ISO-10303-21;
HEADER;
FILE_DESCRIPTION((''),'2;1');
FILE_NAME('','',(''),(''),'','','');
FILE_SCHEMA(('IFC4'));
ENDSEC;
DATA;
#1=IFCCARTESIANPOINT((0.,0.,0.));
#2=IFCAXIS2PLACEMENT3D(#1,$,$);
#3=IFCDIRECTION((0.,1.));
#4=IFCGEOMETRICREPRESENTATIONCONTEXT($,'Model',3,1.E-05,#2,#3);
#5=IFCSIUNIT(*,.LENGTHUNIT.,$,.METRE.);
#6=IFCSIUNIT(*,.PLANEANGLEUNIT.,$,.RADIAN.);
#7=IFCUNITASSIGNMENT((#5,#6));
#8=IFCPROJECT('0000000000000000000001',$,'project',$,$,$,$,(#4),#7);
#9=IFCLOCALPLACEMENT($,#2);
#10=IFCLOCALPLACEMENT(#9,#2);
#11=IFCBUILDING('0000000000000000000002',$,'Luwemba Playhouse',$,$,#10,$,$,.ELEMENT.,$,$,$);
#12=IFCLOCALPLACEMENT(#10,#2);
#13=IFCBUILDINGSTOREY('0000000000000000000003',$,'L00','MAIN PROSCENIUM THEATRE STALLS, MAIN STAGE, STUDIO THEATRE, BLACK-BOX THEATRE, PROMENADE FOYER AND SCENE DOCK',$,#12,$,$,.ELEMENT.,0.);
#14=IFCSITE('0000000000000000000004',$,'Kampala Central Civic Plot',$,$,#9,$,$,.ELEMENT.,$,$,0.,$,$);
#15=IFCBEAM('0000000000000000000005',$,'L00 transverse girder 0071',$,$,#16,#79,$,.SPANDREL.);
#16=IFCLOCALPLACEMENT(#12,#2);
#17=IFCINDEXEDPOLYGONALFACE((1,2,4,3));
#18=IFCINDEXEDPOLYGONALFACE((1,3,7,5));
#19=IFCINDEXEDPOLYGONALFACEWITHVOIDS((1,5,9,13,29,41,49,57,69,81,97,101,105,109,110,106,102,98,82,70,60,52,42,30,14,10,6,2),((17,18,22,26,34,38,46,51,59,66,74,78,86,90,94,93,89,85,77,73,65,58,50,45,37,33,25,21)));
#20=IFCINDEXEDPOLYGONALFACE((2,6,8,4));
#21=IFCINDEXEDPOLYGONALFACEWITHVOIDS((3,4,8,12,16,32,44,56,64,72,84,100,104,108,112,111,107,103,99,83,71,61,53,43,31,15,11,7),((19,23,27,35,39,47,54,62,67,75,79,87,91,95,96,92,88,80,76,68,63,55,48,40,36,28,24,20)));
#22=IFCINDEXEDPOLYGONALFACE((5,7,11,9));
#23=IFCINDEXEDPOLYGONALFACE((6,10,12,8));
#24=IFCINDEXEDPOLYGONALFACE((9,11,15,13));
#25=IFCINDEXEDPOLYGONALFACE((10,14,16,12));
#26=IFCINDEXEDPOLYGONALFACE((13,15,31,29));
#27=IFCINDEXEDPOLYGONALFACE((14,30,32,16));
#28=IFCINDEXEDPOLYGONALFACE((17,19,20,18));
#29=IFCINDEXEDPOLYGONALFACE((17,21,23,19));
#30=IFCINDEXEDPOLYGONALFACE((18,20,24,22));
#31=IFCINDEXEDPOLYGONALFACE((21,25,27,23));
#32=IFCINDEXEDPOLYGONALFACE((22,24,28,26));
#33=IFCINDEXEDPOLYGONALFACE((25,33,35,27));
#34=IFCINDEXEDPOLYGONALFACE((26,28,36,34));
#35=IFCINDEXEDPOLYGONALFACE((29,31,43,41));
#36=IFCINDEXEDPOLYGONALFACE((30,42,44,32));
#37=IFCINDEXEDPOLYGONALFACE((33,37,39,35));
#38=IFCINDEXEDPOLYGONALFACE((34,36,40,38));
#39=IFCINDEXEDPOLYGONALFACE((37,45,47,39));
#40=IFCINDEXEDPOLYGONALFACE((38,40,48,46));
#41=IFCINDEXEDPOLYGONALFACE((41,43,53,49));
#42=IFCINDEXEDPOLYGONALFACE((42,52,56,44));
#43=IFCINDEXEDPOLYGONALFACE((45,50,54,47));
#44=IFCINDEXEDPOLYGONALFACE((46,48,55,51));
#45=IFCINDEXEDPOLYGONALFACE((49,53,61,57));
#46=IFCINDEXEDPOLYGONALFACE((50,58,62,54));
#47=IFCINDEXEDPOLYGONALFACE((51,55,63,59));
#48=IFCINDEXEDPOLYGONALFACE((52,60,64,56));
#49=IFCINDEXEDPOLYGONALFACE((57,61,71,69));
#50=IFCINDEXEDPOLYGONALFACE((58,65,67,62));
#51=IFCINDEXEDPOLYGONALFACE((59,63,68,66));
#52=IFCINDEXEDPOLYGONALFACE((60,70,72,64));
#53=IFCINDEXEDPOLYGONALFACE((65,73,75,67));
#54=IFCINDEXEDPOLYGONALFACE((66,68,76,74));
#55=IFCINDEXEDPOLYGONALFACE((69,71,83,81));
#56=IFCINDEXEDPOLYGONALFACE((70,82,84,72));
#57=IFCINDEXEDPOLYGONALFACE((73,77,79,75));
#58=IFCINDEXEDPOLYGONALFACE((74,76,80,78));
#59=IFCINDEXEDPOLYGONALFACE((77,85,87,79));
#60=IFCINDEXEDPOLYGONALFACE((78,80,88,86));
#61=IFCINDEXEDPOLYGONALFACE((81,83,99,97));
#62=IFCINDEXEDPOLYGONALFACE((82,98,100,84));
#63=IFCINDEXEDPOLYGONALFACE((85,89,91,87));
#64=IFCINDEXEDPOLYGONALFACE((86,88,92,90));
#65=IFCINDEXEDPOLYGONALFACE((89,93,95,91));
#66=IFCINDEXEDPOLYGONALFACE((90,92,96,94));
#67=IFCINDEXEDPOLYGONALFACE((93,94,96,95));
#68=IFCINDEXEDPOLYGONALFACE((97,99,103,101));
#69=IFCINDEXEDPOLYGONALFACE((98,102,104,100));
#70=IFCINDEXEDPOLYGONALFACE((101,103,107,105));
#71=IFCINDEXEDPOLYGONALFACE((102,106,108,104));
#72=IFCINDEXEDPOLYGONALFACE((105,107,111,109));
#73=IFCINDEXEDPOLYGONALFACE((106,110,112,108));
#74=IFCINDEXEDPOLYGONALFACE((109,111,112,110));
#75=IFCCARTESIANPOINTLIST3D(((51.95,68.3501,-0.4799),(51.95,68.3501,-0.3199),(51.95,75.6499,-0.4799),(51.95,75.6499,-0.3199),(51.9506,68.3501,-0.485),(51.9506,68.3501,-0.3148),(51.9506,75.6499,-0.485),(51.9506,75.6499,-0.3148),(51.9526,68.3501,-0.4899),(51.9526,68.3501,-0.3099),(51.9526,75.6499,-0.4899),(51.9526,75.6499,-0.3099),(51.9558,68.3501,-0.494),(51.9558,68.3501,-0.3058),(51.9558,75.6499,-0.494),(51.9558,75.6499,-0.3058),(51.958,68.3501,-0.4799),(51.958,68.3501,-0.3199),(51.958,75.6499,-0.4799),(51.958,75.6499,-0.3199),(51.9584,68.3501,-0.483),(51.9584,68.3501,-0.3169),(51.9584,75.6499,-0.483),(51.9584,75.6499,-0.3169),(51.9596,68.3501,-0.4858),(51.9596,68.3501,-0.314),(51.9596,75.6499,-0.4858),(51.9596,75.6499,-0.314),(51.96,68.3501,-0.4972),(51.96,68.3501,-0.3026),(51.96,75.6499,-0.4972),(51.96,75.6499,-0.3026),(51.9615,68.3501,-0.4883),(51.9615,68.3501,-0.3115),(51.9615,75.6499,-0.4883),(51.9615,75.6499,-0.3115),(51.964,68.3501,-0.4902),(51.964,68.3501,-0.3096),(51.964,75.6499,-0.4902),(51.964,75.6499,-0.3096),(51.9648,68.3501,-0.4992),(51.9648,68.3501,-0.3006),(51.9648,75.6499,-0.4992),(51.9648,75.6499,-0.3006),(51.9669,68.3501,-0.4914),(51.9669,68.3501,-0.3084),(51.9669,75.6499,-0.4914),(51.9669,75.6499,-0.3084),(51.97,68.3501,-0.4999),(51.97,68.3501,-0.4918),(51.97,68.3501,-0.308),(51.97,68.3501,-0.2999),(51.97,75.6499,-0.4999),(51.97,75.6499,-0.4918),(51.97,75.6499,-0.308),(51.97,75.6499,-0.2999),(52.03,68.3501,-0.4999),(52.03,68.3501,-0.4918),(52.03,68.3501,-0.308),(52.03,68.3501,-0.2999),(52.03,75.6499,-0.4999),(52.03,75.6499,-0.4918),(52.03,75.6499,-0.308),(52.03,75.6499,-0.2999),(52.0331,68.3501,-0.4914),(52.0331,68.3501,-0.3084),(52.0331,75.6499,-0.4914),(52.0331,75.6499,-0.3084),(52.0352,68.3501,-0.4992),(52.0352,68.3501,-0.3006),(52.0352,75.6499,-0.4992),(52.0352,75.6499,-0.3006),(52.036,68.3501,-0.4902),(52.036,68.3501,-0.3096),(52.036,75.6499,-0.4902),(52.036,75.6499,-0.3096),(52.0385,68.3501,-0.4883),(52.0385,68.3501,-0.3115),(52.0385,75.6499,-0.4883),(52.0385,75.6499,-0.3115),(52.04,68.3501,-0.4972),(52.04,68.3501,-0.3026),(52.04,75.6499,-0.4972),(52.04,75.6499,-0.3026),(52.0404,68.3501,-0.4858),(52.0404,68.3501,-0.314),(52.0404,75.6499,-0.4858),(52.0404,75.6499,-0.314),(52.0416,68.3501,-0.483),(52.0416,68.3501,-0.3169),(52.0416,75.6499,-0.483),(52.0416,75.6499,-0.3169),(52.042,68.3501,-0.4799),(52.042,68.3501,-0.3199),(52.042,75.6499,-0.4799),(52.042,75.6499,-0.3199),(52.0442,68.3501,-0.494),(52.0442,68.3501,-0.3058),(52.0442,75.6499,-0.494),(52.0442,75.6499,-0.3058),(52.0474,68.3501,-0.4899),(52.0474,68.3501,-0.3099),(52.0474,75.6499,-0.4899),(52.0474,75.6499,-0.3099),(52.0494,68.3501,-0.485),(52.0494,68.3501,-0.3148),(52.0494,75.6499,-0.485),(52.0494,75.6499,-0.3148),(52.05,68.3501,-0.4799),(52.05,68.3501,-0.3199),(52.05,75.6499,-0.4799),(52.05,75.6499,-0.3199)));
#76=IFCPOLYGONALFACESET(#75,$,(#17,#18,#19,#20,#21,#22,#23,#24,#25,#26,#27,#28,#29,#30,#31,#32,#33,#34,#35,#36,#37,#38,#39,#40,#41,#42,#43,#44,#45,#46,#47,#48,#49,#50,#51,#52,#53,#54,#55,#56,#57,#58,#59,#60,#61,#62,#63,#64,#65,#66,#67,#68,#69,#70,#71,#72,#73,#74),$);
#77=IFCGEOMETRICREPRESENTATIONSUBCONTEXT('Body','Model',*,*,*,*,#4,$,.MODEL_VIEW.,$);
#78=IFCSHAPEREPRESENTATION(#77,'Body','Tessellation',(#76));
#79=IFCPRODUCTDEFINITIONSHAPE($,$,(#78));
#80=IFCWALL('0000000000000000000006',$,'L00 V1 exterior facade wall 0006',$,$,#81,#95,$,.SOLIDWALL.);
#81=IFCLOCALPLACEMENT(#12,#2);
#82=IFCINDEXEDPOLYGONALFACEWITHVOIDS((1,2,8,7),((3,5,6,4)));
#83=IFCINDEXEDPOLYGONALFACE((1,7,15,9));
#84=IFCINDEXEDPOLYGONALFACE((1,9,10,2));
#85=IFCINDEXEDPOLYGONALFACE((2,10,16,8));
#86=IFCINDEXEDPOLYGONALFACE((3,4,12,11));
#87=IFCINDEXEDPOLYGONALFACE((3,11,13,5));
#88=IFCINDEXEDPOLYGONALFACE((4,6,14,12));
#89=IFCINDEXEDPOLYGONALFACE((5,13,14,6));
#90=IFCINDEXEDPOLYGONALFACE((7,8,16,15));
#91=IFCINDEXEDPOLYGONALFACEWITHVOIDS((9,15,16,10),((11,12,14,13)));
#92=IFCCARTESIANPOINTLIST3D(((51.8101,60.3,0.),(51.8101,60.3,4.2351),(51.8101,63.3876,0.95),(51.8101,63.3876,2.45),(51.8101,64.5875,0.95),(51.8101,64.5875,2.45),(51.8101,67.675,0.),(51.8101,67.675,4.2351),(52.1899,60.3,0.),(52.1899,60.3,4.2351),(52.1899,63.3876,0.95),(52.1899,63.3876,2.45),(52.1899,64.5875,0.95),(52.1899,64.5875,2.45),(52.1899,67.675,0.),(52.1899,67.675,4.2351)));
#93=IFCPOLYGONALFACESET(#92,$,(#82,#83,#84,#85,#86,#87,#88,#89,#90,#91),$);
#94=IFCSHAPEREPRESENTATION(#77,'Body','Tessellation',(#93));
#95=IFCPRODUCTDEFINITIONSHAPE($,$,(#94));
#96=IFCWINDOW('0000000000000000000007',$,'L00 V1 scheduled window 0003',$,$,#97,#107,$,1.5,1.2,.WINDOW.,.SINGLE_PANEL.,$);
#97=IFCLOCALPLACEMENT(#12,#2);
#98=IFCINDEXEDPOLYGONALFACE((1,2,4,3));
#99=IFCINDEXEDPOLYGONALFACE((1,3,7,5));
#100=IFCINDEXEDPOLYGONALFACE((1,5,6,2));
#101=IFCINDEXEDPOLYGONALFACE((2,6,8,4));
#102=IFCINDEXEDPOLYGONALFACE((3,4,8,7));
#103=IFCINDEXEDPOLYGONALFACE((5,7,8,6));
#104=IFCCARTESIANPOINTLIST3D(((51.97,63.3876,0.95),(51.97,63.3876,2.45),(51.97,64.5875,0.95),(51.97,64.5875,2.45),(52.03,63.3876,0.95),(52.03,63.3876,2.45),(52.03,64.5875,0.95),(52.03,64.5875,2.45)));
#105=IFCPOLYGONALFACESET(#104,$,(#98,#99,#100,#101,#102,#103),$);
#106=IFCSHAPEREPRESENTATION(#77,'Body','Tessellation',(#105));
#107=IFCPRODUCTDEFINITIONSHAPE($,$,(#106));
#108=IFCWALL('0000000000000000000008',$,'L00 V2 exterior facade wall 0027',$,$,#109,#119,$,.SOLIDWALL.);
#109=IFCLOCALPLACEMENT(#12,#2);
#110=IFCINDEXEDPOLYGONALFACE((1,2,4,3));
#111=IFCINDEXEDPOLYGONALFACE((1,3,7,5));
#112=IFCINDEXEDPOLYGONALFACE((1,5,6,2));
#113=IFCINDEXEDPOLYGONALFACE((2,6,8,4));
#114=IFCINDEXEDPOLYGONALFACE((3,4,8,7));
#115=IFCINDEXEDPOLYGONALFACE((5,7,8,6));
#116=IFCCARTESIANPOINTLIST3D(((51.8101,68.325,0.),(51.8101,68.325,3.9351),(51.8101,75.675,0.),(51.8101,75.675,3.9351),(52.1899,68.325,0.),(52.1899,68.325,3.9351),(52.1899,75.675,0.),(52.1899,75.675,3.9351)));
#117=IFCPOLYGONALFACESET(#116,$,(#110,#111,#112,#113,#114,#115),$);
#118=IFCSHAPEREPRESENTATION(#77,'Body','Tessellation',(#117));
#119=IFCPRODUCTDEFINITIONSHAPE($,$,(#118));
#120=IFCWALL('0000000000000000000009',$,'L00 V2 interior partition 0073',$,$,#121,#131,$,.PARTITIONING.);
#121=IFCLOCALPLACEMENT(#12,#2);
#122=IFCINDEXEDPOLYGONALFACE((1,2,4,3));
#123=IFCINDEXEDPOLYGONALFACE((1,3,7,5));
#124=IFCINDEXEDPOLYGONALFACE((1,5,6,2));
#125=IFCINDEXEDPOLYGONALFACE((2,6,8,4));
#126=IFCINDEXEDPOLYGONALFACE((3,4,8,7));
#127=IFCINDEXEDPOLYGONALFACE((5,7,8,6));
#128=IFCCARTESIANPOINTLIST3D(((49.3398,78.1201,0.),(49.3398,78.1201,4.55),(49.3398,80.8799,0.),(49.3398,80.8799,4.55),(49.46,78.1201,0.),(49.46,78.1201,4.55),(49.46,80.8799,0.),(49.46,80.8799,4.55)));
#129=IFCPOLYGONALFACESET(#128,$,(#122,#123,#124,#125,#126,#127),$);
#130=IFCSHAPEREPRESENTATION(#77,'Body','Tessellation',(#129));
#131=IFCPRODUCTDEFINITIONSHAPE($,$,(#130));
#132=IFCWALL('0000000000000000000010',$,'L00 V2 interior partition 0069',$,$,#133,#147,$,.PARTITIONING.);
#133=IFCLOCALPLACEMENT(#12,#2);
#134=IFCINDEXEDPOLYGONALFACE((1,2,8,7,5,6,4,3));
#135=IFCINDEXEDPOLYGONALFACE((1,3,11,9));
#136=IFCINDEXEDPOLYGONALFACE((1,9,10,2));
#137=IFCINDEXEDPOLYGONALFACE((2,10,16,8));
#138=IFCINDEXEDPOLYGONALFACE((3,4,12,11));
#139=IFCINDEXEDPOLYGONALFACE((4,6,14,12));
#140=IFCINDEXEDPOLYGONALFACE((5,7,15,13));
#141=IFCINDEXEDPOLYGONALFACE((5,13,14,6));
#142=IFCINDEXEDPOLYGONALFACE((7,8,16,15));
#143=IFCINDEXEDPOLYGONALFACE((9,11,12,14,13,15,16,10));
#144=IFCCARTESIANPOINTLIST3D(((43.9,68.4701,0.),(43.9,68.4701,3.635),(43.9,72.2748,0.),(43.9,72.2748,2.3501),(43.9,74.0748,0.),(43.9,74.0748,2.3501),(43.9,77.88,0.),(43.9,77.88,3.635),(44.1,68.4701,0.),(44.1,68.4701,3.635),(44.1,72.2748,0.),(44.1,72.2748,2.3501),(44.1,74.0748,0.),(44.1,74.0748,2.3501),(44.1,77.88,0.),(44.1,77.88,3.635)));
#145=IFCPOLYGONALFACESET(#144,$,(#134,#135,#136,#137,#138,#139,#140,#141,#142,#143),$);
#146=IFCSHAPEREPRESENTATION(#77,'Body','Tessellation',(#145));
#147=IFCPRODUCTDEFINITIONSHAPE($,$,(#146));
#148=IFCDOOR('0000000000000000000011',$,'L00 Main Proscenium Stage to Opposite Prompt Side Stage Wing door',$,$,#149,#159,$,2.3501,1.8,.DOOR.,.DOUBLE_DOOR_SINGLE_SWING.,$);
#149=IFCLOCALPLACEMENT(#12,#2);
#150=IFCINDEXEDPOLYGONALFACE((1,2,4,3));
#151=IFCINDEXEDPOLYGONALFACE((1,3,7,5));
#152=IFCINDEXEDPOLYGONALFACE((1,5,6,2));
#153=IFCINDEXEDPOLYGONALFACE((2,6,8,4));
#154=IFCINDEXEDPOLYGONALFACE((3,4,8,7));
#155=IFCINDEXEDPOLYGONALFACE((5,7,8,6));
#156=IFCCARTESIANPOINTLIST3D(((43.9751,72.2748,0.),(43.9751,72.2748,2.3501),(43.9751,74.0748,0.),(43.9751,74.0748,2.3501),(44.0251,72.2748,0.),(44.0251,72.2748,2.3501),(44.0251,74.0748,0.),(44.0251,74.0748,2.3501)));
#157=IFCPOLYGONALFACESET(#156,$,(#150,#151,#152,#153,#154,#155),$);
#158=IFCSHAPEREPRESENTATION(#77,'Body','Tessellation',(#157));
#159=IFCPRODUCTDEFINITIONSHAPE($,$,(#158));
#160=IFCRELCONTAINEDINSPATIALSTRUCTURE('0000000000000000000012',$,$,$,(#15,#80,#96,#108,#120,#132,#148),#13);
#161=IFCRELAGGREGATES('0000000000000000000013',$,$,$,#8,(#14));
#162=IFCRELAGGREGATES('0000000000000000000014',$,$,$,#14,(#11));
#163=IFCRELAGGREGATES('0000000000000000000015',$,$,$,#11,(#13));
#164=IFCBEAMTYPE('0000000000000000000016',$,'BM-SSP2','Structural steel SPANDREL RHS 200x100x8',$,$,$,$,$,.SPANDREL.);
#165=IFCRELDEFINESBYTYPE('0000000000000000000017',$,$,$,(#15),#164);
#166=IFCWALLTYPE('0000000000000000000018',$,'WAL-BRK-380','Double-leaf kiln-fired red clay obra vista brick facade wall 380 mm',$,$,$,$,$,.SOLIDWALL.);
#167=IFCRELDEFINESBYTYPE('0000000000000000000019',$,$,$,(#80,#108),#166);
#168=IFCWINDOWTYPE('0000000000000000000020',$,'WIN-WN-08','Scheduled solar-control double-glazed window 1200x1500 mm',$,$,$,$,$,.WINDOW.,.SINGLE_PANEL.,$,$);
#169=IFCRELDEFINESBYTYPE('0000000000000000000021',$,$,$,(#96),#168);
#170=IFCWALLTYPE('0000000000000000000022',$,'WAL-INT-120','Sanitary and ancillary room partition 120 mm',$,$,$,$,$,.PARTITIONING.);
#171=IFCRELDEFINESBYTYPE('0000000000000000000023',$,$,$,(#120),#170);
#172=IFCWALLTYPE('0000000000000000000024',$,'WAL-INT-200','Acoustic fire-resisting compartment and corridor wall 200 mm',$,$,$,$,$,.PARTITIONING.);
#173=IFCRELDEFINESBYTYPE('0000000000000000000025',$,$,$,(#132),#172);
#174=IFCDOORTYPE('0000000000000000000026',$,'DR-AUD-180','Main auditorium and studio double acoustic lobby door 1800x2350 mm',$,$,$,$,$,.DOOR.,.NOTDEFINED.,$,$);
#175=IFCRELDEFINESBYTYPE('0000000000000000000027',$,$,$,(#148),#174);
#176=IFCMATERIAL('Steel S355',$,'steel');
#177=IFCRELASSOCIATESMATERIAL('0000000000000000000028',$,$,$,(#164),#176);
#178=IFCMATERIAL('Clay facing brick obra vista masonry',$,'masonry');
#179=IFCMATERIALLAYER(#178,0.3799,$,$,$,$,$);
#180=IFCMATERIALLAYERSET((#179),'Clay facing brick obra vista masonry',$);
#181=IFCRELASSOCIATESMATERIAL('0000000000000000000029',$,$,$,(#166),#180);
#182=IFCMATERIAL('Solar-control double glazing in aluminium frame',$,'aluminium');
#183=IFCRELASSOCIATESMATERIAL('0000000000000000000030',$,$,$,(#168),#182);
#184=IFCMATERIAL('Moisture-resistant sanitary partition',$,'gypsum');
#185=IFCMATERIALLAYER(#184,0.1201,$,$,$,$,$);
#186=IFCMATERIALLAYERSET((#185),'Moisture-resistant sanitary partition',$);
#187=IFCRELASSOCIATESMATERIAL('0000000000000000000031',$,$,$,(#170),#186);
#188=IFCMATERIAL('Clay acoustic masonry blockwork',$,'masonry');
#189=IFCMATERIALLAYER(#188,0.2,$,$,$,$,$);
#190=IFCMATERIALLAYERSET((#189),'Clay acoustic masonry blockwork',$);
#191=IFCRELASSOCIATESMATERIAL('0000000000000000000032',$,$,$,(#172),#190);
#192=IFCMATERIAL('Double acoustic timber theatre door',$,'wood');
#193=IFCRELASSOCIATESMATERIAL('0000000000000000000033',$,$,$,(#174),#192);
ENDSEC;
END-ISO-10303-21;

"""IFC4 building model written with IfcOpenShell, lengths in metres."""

from ifc_helpers import new_model, si_unit, direction, frame, frame_2d, origin, origin_2d, place, context, subcontext, project, spatial, rectangle, hollow_rectangle, extrude, material, layer, layer_set, material_profile, profile_set, type_object, element, fill, save


model = new_model("IFC4")

# Units and contexts
model_context = context("Model", 3, precision=1e-05, world=origin(), true_north=direction((0.0, 1.0)))
body_context = subcontext(model_context, "Body", "Model", "MODEL_VIEW")
ifc_project = project(units=[si_unit("LENGTHUNIT", "METRE"), si_unit("PLANEANGLEUNIT", "RADIAN")], contexts=[model_context])

# Site, building, storey
site_placement = place(None, origin())
site = spatial("IfcSite", under=ifc_project, at=site_placement, Name="Kampala Central Civic Plot", CompositionType="ELEMENT", RefElevation=0.0)
building_placement = place(site_placement, origin())
building = spatial("IfcBuilding", under=site, at=building_placement, Name="Luwemba Playhouse", CompositionType="ELEMENT")
storey_placement = place(building_placement, origin())
storey = spatial("IfcBuildingStorey", under=building, at=storey_placement, Name="L00", Description="MAIN PROSCENIUM THEATRE STALLS, MAIN STAGE, STUDIO THEATRE, BLACK-BOX THEATRE, PROMENADE FOYER AND SCENE DOCK", CompositionType="ELEMENT", Elevation=0.0)

# Beam
ifc_material_1 = material(Name="Steel S355", Category="steel")
ifc_material_profile_1 = material_profile(ifc_material_1, hollow_rectangle(XDim=0.1001, YDim=0.2, WallThickness=0.0081, InnerFilletRadius=0.012, OuterFilletRadius=0.02, at=origin_2d()))
ifc_profile_set_1 = profile_set([ifc_material_profile_1], Name="Steel S355")
beam_type_1 = type_object("IfcBeamType", Name="BM-SSP2", Description="Structural steel SPANDREL RHS 200x100x8", PredefinedType="SPANDREL", material=ifc_profile_set_1)
beam_1_placement = place(storey_placement, frame((52.0, 68.3501, -0.3999), z_axis=(0.0, 1.0, 0.0), x_axis=(-1.0, 0.0, 0.0)))
element("IfcBeam", 1, at=beam_1_placement, inside=storey, type_object=beam_type_1, Name="L00 transverse girder 0071", PredefinedType="SPANDREL", context=body_context, shape_type="SweptSolid", body=[
    extrude(hollow_rectangle(XDim=0.1001, YDim=0.2, WallThickness=0.0081, InnerFilletRadius=0.012, OuterFilletRadius=0.02, at=origin_2d()), origin(), (0.0, 0.0, 1.0), 7.2998),
])

# Wall, opening, window
ifc_material_2 = material(Name="Clay facing brick obra vista masonry", Category="masonry")
ifc_layer_1 = layer(ifc_material_2, 0.3799)
ifc_layer_set_1 = layer_set([ifc_layer_1], Name="Clay facing brick obra vista masonry")
wall_type_1 = type_object("IfcWallType", Name="WAL-BRK-380", Description="Double-leaf kiln-fired red clay obra vista brick facade wall 380 mm", PredefinedType="SOLIDWALL", material=ifc_layer_set_1)
wall_1_placement = place(storey_placement, frame((52.0, 67.675, 0.0), z_axis=(0.0, 0.0, 1.0), x_axis=(0.0, -1.0, 0.0)))
wall_1 = element("IfcWall", 2, at=wall_1_placement, inside=storey, type_object=wall_type_1, Name="L00 V1 exterior facade wall 0006", PredefinedType="SOLIDWALL", context=body_context, shape_type="SweptSolid", body=[
    extrude(rectangle(XDim=7.375, YDim=0.3799, at=frame_2d((3.6875, 0.0))), origin(), (0.0, 0.0, 1.0), 4.2351),
])
opening_1_placement = place(wall_1_placement, frame((3.0874, 0.0, 0.95)))
opening_1 = element("IfcOpeningElement", 3, at=opening_1_placement, cuts=wall_1, PredefinedType="OPENING", context=body_context, shape_type="SweptSolid", body=[
    extrude(rectangle(XDim=1.2, YDim=1.5, at=frame_2d((0.6001, 0.75))), frame((0.0, 0.2, 0.0), z_axis=(0.0, -1.0, 0.0), x_axis=(1.0, 0.0, 0.0)), (0.0, 0.0, 1.0), 0.3999),
])
ifc_material_3 = material(Name="Solar-control double glazing in aluminium frame", Category="aluminium")
window_type = type_object("IfcWindowType", Name="WIN-WN-08", Description="Scheduled solar-control double-glazed window 1200x1500 mm", PartitioningType="SINGLE_PANEL", PredefinedType="WINDOW", material=ifc_material_3)
window_placement = place(opening_1_placement, origin())
window = element("IfcWindow", 4, at=window_placement, inside=storey, type_object=window_type, Name="L00 V1 scheduled window 0003", OverallHeight=1.5, OverallWidth=1.2, PartitioningType="SINGLE_PANEL", PredefinedType="WINDOW", context=body_context, shape_type="SweptSolid", body=[
    extrude(rectangle(XDim=1.2, YDim=1.5, at=frame_2d((0.6001, 0.75))), frame((0.0, 0.03, 0.0), z_axis=(0.0, -1.0, 0.0), x_axis=(1.0, 0.0, 0.0)), (0.0, 0.0, 1.0), 0.0601),
])
fill(opening_1, window)

# Walls
wall_2_placement = place(storey_placement, frame((52.0, 75.675, 0.0), z_axis=(0.0, 0.0, 1.0), x_axis=(0.0, -1.0, 0.0)))
element("IfcWall", 5, at=wall_2_placement, inside=storey, type_object=wall_type_1, Name="L00 V2 exterior facade wall 0027", PredefinedType="SOLIDWALL", context=body_context, shape_type="SweptSolid", body=[
    extrude(rectangle(XDim=7.3501, YDim=0.3799, at=frame_2d((3.675, 0.0))), origin(), (0.0, 0.0, 1.0), 3.9351),
])
ifc_material_4 = material(Name="Moisture-resistant sanitary partition", Category="gypsum")
ifc_layer_2 = layer(ifc_material_4, 0.1201)
ifc_layer_set_2 = layer_set([ifc_layer_2], Name="Moisture-resistant sanitary partition")
wall_type_2 = type_object("IfcWallType", Name="WAL-INT-120", Description="Sanitary and ancillary room partition 120 mm", PredefinedType="PARTITIONING", material=ifc_layer_set_2)
wall_3_placement = place(storey_placement, frame((49.3999, 78.1201, 0.0), z_axis=(0.0, 0.0, 1.0), x_axis=(0.0, 1.0, 0.0)))
element("IfcWall", 6, at=wall_3_placement, inside=storey, type_object=wall_type_2, Name="L00 V2 interior partition 0073", PredefinedType="PARTITIONING", context=body_context, shape_type="SweptSolid", body=[
    extrude(rectangle(XDim=2.7598, YDim=0.1201, at=frame_2d((1.3799, 0.0))), origin(), (0.0, 0.0, 1.0), 4.55),
])

# Wall, opening, door
ifc_material_5 = material(Name="Clay acoustic masonry blockwork", Category="masonry")
ifc_layer_3 = layer(ifc_material_5, 0.2)
ifc_layer_set_3 = layer_set([ifc_layer_3], Name="Clay acoustic masonry blockwork")
wall_type_3 = type_object("IfcWallType", Name="WAL-INT-200", Description="Acoustic fire-resisting compartment and corridor wall 200 mm", PredefinedType="PARTITIONING", material=ifc_layer_set_3)
wall_4_placement = place(storey_placement, frame((44.0, 68.47, 0.0), z_axis=(0.0, 0.0, 1.0), x_axis=(0.0, 1.0, 0.0)))
wall_4 = element("IfcWall", 7, at=wall_4_placement, inside=storey, type_object=wall_type_3, Name="L00 V2 interior partition 0069", PredefinedType="PARTITIONING", context=body_context, shape_type="SweptSolid", body=[
    extrude(rectangle(XDim=9.4099, YDim=0.2, at=frame_2d((4.7051, 0.0))), origin(), (0.0, 0.0, 1.0), 3.635),
])
opening_2_placement = place(wall_4_placement, frame((3.8049, 0.0, 0.0)))
opening_2 = element("IfcOpeningElement", 8, at=opening_2_placement, cuts=wall_4, PredefinedType="OPENING", context=body_context, shape_type="SweptSolid", body=[
    extrude(rectangle(XDim=1.8, YDim=2.3501, at=frame_2d((0.8999, 1.175))), frame((0.0, 0.1099, 0.0), z_axis=(0.0, -1.0, 0.0), x_axis=(1.0, 0.0, 0.0)), (0.0, 0.0, 1.0), 0.22),
])
ifc_material_6 = material(Name="Double acoustic timber theatre door", Category="wood")
door_type_1 = type_object("IfcDoorType", Name="DR-AUD-180", Description="Main auditorium and studio double acoustic lobby door 1800x2350 mm", OperationType="NOTDEFINED", PredefinedType="DOOR", material=ifc_material_6)
door_1_placement = place(opening_2_placement, origin())
door_1 = element("IfcDoor", 9, at=door_1_placement, inside=storey, type_object=door_type_1, Name="L00 Main Proscenium Stage to Opposite Prompt Side Stage Wing door", OperationType="DOUBLE_DOOR_SINGLE_SWING", OverallHeight=2.3501, OverallWidth=1.8, PredefinedType="DOOR", context=body_context, shape_type="SweptSolid", body=[
    extrude(rectangle(XDim=1.8, YDim=2.3501, at=frame_2d((0.8999, 1.175))), frame((0.0, 0.0249, 0.0), z_axis=(0.0, -1.0, 0.0), x_axis=(1.0, 0.0, 0.0)), (0.0, 0.0, 1.0), 0.05),
])
fill(opening_2, door_1)

save(model, "model.ifc")
